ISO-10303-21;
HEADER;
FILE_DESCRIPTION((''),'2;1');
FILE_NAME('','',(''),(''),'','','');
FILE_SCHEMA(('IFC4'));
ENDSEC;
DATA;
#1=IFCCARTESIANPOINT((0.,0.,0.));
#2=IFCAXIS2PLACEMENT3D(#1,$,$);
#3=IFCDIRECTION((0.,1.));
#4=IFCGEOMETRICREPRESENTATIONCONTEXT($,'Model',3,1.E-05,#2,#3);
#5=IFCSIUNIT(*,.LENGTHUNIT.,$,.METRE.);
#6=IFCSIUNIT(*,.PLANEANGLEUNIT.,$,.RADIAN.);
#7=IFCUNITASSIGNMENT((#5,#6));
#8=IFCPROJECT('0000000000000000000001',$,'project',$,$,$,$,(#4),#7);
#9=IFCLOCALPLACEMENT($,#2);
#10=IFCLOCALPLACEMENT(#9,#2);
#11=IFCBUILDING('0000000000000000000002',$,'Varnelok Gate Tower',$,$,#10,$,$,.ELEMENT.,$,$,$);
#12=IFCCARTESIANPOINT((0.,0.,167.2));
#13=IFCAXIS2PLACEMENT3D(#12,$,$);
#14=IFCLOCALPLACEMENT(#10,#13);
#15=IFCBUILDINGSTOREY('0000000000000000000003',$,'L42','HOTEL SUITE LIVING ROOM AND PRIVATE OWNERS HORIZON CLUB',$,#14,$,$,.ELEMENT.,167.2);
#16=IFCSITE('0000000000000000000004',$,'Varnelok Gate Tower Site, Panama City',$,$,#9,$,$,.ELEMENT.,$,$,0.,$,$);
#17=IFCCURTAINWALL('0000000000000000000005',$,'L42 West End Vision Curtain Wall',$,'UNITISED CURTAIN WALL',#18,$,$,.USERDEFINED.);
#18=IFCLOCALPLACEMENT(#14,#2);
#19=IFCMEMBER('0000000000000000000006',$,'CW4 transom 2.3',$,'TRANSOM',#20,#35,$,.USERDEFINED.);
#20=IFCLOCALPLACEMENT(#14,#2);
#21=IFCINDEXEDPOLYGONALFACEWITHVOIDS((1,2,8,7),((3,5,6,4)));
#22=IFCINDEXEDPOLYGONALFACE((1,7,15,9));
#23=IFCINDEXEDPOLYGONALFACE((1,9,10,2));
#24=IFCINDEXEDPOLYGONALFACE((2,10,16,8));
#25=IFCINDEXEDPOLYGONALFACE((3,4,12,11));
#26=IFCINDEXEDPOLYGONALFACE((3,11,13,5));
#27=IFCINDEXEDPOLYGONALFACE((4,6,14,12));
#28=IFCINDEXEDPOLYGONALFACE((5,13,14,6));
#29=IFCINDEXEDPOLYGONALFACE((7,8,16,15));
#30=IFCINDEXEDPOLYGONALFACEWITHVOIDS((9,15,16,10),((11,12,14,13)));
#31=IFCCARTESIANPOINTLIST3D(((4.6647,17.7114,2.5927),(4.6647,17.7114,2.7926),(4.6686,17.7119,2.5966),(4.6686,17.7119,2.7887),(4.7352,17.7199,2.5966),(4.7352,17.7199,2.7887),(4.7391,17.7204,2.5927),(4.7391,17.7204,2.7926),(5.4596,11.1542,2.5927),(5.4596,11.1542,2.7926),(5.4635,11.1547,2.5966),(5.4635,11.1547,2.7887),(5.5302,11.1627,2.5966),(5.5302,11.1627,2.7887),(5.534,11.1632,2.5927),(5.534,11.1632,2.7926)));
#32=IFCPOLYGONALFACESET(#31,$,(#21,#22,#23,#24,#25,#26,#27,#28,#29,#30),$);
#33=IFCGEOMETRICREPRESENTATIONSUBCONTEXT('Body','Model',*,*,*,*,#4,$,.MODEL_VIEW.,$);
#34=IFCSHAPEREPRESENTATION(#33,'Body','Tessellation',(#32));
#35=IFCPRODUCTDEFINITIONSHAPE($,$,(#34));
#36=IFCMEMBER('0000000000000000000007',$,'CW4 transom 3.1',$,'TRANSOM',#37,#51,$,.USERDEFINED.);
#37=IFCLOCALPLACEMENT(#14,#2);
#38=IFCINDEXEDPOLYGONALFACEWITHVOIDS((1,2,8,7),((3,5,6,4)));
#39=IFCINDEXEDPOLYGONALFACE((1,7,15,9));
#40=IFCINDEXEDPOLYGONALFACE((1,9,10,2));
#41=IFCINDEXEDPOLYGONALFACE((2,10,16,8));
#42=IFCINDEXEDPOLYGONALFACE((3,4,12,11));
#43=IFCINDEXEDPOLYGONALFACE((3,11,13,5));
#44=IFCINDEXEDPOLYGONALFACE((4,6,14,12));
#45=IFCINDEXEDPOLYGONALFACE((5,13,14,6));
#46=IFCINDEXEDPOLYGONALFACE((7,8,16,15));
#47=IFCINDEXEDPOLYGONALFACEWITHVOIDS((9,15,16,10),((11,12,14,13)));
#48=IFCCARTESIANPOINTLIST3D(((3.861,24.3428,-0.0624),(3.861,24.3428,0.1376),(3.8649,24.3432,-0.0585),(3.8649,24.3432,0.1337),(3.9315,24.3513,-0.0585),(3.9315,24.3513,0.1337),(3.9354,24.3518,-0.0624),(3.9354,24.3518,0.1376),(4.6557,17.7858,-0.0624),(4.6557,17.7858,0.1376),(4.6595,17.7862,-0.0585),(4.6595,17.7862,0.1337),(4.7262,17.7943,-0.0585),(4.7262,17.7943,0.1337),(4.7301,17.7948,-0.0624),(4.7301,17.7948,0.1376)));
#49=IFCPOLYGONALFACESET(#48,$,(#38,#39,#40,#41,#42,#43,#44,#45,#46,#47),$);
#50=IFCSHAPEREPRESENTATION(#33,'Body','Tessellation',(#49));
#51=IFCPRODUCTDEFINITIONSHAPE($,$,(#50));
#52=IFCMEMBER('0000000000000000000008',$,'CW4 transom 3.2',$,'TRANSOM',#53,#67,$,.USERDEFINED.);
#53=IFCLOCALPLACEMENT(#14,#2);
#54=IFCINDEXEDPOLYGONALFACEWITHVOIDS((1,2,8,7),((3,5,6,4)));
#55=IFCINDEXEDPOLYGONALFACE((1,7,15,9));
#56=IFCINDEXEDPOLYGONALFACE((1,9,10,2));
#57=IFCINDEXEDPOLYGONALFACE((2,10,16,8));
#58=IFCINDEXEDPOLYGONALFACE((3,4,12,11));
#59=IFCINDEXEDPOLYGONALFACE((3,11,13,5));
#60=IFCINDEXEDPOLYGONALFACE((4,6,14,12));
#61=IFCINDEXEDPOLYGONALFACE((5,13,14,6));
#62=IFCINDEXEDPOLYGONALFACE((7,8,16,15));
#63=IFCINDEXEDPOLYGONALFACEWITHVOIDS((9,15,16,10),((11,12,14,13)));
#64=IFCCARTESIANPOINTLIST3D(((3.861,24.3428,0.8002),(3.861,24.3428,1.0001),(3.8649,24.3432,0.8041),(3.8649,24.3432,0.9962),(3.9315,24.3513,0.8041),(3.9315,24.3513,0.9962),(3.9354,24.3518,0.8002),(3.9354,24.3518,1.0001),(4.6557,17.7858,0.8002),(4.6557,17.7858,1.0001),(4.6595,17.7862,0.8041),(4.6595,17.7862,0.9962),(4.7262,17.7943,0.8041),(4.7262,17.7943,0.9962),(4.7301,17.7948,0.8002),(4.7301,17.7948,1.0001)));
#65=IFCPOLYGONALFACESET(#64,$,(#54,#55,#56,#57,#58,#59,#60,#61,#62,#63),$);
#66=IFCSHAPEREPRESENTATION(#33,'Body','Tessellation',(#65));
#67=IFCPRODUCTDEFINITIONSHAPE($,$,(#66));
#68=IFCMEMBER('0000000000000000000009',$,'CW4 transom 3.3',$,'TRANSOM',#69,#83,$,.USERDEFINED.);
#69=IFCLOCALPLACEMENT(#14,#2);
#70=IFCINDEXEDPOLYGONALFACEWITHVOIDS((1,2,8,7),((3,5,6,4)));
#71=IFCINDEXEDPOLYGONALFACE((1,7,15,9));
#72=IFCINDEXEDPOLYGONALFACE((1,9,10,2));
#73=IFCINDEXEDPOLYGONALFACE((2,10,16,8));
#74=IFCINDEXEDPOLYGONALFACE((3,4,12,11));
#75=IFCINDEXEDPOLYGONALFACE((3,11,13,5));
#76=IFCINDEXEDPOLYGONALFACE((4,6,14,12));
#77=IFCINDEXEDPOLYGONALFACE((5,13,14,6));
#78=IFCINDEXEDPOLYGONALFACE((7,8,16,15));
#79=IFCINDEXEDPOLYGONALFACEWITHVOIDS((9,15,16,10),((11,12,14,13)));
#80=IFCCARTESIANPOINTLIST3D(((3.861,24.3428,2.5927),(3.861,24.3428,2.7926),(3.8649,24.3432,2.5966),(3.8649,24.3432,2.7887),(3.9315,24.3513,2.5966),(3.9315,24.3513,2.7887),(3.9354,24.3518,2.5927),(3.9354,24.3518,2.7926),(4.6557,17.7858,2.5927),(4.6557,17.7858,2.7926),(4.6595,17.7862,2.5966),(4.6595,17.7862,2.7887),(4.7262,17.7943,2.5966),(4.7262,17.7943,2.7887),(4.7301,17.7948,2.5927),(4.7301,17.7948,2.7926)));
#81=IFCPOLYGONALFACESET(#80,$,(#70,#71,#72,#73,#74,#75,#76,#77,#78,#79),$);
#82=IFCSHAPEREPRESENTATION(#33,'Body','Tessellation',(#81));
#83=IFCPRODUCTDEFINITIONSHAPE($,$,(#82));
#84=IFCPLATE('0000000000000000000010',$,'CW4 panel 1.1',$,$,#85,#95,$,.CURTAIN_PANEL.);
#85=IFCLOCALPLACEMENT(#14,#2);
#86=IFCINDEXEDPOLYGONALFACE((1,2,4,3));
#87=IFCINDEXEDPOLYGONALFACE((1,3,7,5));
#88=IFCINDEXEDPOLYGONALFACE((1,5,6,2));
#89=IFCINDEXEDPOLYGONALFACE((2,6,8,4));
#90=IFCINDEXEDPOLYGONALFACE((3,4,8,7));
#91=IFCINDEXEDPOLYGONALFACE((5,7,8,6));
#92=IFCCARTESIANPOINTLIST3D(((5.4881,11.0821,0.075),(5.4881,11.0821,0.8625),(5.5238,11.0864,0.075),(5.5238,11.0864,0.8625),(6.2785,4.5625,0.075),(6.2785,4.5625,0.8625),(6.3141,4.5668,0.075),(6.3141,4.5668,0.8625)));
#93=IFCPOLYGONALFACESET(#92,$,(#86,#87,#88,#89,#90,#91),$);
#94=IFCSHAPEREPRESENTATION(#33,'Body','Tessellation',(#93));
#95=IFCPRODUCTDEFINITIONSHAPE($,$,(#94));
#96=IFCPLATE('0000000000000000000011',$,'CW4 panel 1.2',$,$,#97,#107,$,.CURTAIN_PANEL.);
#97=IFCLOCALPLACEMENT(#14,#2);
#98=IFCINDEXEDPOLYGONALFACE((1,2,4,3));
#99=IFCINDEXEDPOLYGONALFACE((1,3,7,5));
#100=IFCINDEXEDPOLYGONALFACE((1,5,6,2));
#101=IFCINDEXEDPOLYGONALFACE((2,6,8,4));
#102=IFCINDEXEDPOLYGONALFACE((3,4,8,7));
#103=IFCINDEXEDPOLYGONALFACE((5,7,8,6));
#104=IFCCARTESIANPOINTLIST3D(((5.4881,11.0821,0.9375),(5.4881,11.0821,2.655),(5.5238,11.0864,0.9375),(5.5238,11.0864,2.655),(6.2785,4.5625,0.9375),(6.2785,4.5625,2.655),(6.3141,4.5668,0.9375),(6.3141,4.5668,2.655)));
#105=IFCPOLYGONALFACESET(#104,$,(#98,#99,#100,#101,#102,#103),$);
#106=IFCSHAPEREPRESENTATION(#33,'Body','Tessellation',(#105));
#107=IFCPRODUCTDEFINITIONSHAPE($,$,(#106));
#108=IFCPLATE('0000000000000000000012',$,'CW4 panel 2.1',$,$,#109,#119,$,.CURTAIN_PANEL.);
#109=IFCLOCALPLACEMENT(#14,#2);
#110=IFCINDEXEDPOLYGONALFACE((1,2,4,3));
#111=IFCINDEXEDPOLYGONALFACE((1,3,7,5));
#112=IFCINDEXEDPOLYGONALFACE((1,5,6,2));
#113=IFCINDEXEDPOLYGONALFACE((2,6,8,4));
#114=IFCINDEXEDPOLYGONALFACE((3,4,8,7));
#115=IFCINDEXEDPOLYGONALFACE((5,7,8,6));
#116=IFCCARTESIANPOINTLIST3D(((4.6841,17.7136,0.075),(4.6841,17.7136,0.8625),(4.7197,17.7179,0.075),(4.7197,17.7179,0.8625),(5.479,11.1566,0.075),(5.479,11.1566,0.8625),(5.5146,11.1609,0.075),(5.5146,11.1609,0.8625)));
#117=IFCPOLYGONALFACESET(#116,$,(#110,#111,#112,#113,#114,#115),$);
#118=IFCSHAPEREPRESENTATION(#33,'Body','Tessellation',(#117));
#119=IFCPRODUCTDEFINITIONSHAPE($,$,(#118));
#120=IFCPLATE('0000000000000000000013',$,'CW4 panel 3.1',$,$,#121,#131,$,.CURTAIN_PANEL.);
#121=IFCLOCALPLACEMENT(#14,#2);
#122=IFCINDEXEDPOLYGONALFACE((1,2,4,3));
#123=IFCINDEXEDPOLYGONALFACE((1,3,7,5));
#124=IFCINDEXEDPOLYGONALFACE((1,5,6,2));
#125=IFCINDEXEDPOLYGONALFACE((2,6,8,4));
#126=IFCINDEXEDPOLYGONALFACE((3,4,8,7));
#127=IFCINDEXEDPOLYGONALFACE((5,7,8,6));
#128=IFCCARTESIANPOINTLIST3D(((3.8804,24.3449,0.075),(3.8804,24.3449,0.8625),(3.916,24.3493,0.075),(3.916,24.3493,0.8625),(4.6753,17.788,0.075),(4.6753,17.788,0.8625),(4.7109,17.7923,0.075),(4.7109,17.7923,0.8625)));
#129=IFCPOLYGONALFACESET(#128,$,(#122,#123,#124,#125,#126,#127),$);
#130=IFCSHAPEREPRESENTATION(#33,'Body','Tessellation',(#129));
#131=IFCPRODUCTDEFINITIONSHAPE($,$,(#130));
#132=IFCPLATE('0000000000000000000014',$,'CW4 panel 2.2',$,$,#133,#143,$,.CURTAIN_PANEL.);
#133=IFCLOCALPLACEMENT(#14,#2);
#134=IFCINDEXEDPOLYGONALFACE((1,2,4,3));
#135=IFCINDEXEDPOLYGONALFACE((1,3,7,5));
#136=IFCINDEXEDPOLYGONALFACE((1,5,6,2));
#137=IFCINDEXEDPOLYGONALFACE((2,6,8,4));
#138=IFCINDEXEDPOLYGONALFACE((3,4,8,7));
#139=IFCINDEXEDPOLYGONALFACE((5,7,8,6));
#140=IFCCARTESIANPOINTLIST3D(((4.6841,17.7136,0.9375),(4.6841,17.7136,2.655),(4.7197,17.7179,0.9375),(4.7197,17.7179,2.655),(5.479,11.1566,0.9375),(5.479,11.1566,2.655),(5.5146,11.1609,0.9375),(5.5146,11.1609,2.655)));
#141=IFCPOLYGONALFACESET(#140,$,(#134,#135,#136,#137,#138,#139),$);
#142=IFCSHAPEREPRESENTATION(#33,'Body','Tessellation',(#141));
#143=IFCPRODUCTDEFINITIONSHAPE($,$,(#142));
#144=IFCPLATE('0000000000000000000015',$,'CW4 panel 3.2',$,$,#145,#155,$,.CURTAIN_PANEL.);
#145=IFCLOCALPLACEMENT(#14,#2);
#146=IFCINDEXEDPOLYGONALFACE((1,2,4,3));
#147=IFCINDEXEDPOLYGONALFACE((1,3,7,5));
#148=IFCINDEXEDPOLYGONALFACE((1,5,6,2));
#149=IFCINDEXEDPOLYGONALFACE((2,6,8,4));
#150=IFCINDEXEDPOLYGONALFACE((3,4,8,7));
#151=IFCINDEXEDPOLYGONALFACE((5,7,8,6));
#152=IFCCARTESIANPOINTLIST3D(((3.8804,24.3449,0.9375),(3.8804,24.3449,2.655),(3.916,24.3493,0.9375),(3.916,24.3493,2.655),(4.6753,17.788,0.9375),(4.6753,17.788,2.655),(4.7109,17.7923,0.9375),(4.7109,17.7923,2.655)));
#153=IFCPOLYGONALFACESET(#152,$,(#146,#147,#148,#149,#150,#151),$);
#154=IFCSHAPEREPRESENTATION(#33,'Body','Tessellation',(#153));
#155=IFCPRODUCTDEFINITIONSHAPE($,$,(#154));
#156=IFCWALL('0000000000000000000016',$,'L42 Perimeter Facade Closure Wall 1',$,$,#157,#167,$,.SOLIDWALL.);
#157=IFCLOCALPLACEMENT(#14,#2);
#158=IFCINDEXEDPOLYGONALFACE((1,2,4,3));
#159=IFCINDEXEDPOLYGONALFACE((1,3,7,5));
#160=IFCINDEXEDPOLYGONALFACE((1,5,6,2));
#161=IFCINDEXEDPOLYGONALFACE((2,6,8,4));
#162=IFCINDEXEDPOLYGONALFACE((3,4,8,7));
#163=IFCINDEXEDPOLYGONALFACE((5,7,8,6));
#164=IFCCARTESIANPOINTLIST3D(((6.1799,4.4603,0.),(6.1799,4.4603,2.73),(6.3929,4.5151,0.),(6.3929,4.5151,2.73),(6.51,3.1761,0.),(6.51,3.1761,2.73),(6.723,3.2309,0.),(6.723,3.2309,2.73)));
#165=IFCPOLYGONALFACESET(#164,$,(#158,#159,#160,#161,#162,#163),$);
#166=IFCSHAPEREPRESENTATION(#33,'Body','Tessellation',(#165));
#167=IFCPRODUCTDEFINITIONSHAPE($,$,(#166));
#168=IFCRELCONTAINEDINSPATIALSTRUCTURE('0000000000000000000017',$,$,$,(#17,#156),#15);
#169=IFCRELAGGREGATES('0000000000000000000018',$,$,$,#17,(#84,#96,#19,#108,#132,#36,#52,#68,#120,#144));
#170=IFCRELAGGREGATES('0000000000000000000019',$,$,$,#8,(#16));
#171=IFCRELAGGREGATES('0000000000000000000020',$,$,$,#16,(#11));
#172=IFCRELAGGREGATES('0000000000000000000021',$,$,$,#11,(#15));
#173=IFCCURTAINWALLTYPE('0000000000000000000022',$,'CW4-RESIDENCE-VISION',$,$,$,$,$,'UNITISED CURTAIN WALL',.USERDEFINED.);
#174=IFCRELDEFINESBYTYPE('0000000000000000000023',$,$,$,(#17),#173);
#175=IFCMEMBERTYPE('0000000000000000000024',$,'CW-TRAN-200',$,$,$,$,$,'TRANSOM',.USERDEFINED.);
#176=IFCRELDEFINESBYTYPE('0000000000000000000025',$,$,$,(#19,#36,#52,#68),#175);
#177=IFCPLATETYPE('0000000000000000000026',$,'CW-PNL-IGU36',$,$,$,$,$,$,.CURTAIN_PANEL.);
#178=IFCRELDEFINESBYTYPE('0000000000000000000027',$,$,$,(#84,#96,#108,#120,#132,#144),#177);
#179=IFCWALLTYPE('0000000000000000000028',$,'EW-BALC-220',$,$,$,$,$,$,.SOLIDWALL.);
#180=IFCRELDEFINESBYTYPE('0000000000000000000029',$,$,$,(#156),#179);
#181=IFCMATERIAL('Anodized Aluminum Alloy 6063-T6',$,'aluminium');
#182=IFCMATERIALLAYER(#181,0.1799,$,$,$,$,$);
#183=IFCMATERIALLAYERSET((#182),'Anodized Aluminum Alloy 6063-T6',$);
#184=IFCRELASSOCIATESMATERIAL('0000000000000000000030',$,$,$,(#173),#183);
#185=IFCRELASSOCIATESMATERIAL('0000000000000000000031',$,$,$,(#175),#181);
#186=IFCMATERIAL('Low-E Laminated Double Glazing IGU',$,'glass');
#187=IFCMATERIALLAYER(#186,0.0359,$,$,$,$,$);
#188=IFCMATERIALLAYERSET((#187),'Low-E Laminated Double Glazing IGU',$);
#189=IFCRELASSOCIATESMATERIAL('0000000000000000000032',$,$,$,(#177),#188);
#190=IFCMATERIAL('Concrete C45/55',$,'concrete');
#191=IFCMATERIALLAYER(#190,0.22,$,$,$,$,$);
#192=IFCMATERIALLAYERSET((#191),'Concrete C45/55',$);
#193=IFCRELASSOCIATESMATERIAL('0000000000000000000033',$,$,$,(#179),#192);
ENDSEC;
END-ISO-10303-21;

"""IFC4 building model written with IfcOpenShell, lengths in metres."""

from ifc_helpers import new_model, si_unit, direction, frame, frame_2d, origin, origin_2d, place, context, subcontext, project, spatial, rectangle, hollow_rectangle, extrude, source, transform, mapped, material, layer, layer_set, material_profile, profile_set, type_object, element, aggregate, save


model = new_model("IFC4")

# Units and contexts
model_context = context("Model", 3, precision=1e-05, world=origin(), true_north=direction((0.0, 1.0)))
body_context = subcontext(model_context, "Body", "Model", "MODEL_VIEW")
ifc_project = project(units=[si_unit("LENGTHUNIT", "METRE"), si_unit("PLANEANGLEUNIT", "RADIAN")], contexts=[model_context])

# Site, building, storey
site_placement = place(None, origin())
site = spatial("IfcSite", under=ifc_project, at=site_placement, Name="Varnelok Gate Tower Site, Panama City", CompositionType="ELEMENT", RefElevation=0.0)
building_placement = place(site_placement, origin())
building = spatial("IfcBuilding", under=site, at=building_placement, Name="Varnelok Gate Tower", CompositionType="ELEMENT")
storey_placement = place(building_placement, frame((0.0, 0.0, 167.2)))
storey = spatial("IfcBuildingStorey", under=building, at=storey_placement, Name="L42", Description="HOTEL SUITE LIVING ROOM AND PRIVATE OWNERS HORIZON CLUB", CompositionType="ELEMENT", Elevation=167.2)

# Curtain wall, members, plates
ifc_material_1 = material(Name="Anodized Aluminum Alloy 6063-T6", Category="aluminium")
ifc_layer_1 = layer(ifc_material_1, 0.1799)
ifc_layer_set_1 = layer_set([ifc_layer_1], Name="Anodized Aluminum Alloy 6063-T6")
curtain_wall_type = type_object("IfcCurtainWallType", Name="CW4-RESIDENCE-VISION", ElementType="UNITISED CURTAIN WALL", PredefinedType="USERDEFINED", material=ifc_layer_set_1)
curtain_wall_placement = place(storey_placement, origin())
curtain_wall = element("IfcCurtainWall", 1, at=curtain_wall_placement, inside=storey, type_object=curtain_wall_type, Name="L42 West End Vision Curtain Wall", ObjectType="UNITISED CURTAIN WALL", PredefinedType="USERDEFINED")
ifc_material_profile_1 = material_profile(ifc_material_1, hollow_rectangle(XDim=0.075, YDim=0.2, WallThickness=0.0039, at=origin_2d()), Name="ALU200X75X4")
ifc_profile_set_1 = profile_set([ifc_material_profile_1], Name="Anodized Aluminum Alloy 6063-T6")
member_type_1 = type_object("IfcMemberType", Name="CW-TRAN-200", ElementType="TRANSOM", PredefinedType="USERDEFINED", material=ifc_profile_set_1)
member_1_placement = place(storey_placement, frame((5.4968, 11.1587, 2.6926), z_axis=(-0.120349, 0.992732, 0.0), x_axis=(-0.992732, -0.120349, 0.0)))
member_1 = element("IfcMember", 2, at=member_1_placement, type_object=member_type_1, Name="CW4 transom 2.3", ObjectType="TRANSOM", PredefinedType="USERDEFINED", context=body_context, shape_type="SweptSolid", body=[
    extrude(hollow_rectangle(XDim=0.075, YDim=0.2, WallThickness=0.0039, at=origin_2d()), origin(), (0.0, 0.0, 1.0), 6.6052),
])
member_2_placement = place(storey_placement, frame((4.6929, 17.7903, 0.0376), z_axis=(-0.120317, 0.992736, 0.0), x_axis=(-0.992736, -0.120317, 0.0)))
member_2 = element("IfcMember", 3, at=member_2_placement, type_object=member_type_1, Name="CW4 transom 3.1", ObjectType="TRANSOM", PredefinedType="USERDEFINED", context=body_context, shape_type="SweptSolid", body=[
    extrude(hollow_rectangle(XDim=0.075, YDim=0.2, WallThickness=0.0039, at=origin_2d()), origin(), (0.0, 0.0, 1.0), 6.605),
])
member_3_placement = place(storey_placement, frame((4.6929, 17.7903, 0.9001), z_axis=(-0.120317, 0.992736, 0.0), x_axis=(-0.992736, -0.120317, 0.0)))
member_3 = element("IfcMember", 4, at=member_3_placement, type_object=member_type_1, Name="CW4 transom 3.2", ObjectType="TRANSOM", PredefinedType="USERDEFINED", context=body_context, shape_type="SweptSolid", body=[
    extrude(hollow_rectangle(XDim=0.075, YDim=0.2, WallThickness=0.0039, at=origin_2d()), origin(), (0.0, 0.0, 1.0), 6.605),
])
member_4_placement = place(storey_placement, frame((4.6929, 17.7903, 2.6926), z_axis=(-0.120317, 0.992736, 0.0), x_axis=(-0.992736, -0.120317, 0.0)))
member_4 = element("IfcMember", 5, at=member_4_placement, type_object=member_type_1, Name="CW4 transom 3.3", ObjectType="TRANSOM", PredefinedType="USERDEFINED", context=body_context, shape_type="SweptSolid", body=[
    extrude(hollow_rectangle(XDim=0.075, YDim=0.2, WallThickness=0.0039, at=origin_2d()), origin(), (0.0, 0.0, 1.0), 6.605),
])
ifc_material_2 = material(Name="Low-E Laminated Double Glazing IGU", Category="glass")
ifc_layer_2 = layer(ifc_material_2, 0.0359)
ifc_layer_set_2 = layer_set([ifc_layer_2], Name="Low-E Laminated Double Glazing IGU")
plate_type = type_object("IfcPlateType", Name="CW-PNL-IGU36", PredefinedType="CURTAIN_PANEL", material=ifc_layer_set_2)
shared_shape_1 = source(origin(), body_context, "Body", "SweptSolid", [
    extrude(rectangle(XDim=6.5674, YDim=0.0359, at=origin_2d()), origin(), (0.0, 0.0, 1.0), 0.7876),
])
plate_1_placement = place(storey_placement, frame((5.9011, 7.8245, 0.075), z_axis=(0.0, 0.0, 1.0), x_axis=(-0.120345, 0.992732, 0.0)))
plate_1 = element("IfcPlate", 6, at=plate_1_placement, type_object=plate_type, Name="CW4 panel 1.1", PredefinedType="CURTAIN_PANEL", context=body_context, shape_type="MappedRepresentation", body=[
    mapped(shared_shape_1, transform((0.0, 0.0, 0.0), scale=1.0)),
])
shared_shape_2 = source(origin(), body_context, "Body", "SweptSolid", [
    extrude(rectangle(XDim=6.5674, YDim=0.0359, at=origin_2d()), origin(), (0.0, 0.0, 1.0), 1.7175),
])
plate_2_placement = place(storey_placement, frame((5.9011, 7.8245, 0.9375), z_axis=(0.0, 0.0, 1.0), x_axis=(-0.120345, 0.992732, 0.0)))
plate_2 = element("IfcPlate", 7, at=plate_2_placement, type_object=plate_type, Name="CW4 panel 1.2", PredefinedType="CURTAIN_PANEL", context=body_context, shape_type="MappedRepresentation", body=[
    mapped(shared_shape_2, transform((0.0, 0.0, 0.0), scale=1.0)),
])
shared_shape_3 = source(origin(), body_context, "Body", "SweptSolid", [
    extrude(rectangle(XDim=6.605, YDim=0.0359, at=origin_2d()), origin(), (0.0, 0.0, 1.0), 0.7876),
])
plate_3_placement = place(storey_placement, frame((5.0994, 14.4373, 0.075), z_axis=(0.0, 0.0, 1.0), x_axis=(-0.120345, 0.992732, 0.0)))
plate_3 = element("IfcPlate", 8, at=plate_3_placement, type_object=plate_type, Name="CW4 panel 2.1", PredefinedType="CURTAIN_PANEL", context=body_context, shape_type="MappedRepresentation", body=[
    mapped(shared_shape_3, transform((0.0, 0.0, 0.0), scale=1.0)),
])
plate_4_placement = place(storey_placement, frame((4.2957, 21.0686, 0.075), z_axis=(0.0, 0.0, 1.0), x_axis=(-0.120345, 0.992732, 0.0)))
plate_4 = element("IfcPlate", 9, at=plate_4_placement, type_object=plate_type, Name="CW4 panel 3.1", PredefinedType="CURTAIN_PANEL", context=body_context, shape_type="MappedRepresentation", body=[
    mapped(shared_shape_3, transform((0.0, 0.0, 0.0), scale=1.0)),
])
shared_shape_4 = source(origin(), body_context, "Body", "SweptSolid", [
    extrude(rectangle(XDim=6.605, YDim=0.0359, at=origin_2d()), origin(), (0.0, 0.0, 1.0), 1.7175),
])
plate_5_placement = place(storey_placement, frame((5.0994, 14.4373, 0.9375), z_axis=(0.0, 0.0, 1.0), x_axis=(-0.120345, 0.992732, 0.0)))
plate_5 = element("IfcPlate", 10, at=plate_5_placement, type_object=plate_type, Name="CW4 panel 2.2", PredefinedType="CURTAIN_PANEL", context=body_context, shape_type="MappedRepresentation", body=[
    mapped(shared_shape_4, transform((0.0, 0.0, 0.0), scale=1.0)),
])
plate_6_placement = place(storey_placement, frame((4.2957, 21.0686, 0.9375), z_axis=(0.0, 0.0, 1.0), x_axis=(-0.120345, 0.992732, 0.0)))
plate_6 = element("IfcPlate", 11, at=plate_6_placement, type_object=plate_type, Name="CW4 panel 3.2", PredefinedType="CURTAIN_PANEL", context=body_context, shape_type="MappedRepresentation", body=[
    mapped(shared_shape_4, transform((0.0, 0.0, 0.0), scale=1.0)),
])
aggregate(curtain_wall, [plate_1, plate_2, member_1, plate_3, plate_5, member_2, member_3, member_4, plate_4, plate_6])

# Wall
ifc_material_3 = material(Name="Concrete C45/55", Category="concrete")
ifc_layer_3 = layer(ifc_material_3, 0.22)
ifc_layer_set_3 = layer_set([ifc_layer_3], Name="Concrete C45/55")
wall_type_1 = type_object("IfcWallType", Name="EW-BALC-220", PredefinedType="SOLIDWALL", material=ifc_layer_set_3)
wall_1_placement = place(storey_placement, frame((6.2864, 4.4878, 0.0), z_axis=(0.0, 0.0, 1.0), x_axis=(0.248942, -0.968518, 0.0)))
element("IfcWall", 12, at=wall_1_placement, inside=storey, type_object=wall_type_1, Name="L42 Perimeter Facade Closure Wall 1", PredefinedType="SOLIDWALL", context=body_context, shape_type="SweptSolid", body=[
    extrude(rectangle(XDim=1.3259, YDim=0.22, at=frame_2d((0.6631, 0.0))), origin(), (0.0, 0.0, 1.0), 2.73),
])

save(model, "model.ifc")
